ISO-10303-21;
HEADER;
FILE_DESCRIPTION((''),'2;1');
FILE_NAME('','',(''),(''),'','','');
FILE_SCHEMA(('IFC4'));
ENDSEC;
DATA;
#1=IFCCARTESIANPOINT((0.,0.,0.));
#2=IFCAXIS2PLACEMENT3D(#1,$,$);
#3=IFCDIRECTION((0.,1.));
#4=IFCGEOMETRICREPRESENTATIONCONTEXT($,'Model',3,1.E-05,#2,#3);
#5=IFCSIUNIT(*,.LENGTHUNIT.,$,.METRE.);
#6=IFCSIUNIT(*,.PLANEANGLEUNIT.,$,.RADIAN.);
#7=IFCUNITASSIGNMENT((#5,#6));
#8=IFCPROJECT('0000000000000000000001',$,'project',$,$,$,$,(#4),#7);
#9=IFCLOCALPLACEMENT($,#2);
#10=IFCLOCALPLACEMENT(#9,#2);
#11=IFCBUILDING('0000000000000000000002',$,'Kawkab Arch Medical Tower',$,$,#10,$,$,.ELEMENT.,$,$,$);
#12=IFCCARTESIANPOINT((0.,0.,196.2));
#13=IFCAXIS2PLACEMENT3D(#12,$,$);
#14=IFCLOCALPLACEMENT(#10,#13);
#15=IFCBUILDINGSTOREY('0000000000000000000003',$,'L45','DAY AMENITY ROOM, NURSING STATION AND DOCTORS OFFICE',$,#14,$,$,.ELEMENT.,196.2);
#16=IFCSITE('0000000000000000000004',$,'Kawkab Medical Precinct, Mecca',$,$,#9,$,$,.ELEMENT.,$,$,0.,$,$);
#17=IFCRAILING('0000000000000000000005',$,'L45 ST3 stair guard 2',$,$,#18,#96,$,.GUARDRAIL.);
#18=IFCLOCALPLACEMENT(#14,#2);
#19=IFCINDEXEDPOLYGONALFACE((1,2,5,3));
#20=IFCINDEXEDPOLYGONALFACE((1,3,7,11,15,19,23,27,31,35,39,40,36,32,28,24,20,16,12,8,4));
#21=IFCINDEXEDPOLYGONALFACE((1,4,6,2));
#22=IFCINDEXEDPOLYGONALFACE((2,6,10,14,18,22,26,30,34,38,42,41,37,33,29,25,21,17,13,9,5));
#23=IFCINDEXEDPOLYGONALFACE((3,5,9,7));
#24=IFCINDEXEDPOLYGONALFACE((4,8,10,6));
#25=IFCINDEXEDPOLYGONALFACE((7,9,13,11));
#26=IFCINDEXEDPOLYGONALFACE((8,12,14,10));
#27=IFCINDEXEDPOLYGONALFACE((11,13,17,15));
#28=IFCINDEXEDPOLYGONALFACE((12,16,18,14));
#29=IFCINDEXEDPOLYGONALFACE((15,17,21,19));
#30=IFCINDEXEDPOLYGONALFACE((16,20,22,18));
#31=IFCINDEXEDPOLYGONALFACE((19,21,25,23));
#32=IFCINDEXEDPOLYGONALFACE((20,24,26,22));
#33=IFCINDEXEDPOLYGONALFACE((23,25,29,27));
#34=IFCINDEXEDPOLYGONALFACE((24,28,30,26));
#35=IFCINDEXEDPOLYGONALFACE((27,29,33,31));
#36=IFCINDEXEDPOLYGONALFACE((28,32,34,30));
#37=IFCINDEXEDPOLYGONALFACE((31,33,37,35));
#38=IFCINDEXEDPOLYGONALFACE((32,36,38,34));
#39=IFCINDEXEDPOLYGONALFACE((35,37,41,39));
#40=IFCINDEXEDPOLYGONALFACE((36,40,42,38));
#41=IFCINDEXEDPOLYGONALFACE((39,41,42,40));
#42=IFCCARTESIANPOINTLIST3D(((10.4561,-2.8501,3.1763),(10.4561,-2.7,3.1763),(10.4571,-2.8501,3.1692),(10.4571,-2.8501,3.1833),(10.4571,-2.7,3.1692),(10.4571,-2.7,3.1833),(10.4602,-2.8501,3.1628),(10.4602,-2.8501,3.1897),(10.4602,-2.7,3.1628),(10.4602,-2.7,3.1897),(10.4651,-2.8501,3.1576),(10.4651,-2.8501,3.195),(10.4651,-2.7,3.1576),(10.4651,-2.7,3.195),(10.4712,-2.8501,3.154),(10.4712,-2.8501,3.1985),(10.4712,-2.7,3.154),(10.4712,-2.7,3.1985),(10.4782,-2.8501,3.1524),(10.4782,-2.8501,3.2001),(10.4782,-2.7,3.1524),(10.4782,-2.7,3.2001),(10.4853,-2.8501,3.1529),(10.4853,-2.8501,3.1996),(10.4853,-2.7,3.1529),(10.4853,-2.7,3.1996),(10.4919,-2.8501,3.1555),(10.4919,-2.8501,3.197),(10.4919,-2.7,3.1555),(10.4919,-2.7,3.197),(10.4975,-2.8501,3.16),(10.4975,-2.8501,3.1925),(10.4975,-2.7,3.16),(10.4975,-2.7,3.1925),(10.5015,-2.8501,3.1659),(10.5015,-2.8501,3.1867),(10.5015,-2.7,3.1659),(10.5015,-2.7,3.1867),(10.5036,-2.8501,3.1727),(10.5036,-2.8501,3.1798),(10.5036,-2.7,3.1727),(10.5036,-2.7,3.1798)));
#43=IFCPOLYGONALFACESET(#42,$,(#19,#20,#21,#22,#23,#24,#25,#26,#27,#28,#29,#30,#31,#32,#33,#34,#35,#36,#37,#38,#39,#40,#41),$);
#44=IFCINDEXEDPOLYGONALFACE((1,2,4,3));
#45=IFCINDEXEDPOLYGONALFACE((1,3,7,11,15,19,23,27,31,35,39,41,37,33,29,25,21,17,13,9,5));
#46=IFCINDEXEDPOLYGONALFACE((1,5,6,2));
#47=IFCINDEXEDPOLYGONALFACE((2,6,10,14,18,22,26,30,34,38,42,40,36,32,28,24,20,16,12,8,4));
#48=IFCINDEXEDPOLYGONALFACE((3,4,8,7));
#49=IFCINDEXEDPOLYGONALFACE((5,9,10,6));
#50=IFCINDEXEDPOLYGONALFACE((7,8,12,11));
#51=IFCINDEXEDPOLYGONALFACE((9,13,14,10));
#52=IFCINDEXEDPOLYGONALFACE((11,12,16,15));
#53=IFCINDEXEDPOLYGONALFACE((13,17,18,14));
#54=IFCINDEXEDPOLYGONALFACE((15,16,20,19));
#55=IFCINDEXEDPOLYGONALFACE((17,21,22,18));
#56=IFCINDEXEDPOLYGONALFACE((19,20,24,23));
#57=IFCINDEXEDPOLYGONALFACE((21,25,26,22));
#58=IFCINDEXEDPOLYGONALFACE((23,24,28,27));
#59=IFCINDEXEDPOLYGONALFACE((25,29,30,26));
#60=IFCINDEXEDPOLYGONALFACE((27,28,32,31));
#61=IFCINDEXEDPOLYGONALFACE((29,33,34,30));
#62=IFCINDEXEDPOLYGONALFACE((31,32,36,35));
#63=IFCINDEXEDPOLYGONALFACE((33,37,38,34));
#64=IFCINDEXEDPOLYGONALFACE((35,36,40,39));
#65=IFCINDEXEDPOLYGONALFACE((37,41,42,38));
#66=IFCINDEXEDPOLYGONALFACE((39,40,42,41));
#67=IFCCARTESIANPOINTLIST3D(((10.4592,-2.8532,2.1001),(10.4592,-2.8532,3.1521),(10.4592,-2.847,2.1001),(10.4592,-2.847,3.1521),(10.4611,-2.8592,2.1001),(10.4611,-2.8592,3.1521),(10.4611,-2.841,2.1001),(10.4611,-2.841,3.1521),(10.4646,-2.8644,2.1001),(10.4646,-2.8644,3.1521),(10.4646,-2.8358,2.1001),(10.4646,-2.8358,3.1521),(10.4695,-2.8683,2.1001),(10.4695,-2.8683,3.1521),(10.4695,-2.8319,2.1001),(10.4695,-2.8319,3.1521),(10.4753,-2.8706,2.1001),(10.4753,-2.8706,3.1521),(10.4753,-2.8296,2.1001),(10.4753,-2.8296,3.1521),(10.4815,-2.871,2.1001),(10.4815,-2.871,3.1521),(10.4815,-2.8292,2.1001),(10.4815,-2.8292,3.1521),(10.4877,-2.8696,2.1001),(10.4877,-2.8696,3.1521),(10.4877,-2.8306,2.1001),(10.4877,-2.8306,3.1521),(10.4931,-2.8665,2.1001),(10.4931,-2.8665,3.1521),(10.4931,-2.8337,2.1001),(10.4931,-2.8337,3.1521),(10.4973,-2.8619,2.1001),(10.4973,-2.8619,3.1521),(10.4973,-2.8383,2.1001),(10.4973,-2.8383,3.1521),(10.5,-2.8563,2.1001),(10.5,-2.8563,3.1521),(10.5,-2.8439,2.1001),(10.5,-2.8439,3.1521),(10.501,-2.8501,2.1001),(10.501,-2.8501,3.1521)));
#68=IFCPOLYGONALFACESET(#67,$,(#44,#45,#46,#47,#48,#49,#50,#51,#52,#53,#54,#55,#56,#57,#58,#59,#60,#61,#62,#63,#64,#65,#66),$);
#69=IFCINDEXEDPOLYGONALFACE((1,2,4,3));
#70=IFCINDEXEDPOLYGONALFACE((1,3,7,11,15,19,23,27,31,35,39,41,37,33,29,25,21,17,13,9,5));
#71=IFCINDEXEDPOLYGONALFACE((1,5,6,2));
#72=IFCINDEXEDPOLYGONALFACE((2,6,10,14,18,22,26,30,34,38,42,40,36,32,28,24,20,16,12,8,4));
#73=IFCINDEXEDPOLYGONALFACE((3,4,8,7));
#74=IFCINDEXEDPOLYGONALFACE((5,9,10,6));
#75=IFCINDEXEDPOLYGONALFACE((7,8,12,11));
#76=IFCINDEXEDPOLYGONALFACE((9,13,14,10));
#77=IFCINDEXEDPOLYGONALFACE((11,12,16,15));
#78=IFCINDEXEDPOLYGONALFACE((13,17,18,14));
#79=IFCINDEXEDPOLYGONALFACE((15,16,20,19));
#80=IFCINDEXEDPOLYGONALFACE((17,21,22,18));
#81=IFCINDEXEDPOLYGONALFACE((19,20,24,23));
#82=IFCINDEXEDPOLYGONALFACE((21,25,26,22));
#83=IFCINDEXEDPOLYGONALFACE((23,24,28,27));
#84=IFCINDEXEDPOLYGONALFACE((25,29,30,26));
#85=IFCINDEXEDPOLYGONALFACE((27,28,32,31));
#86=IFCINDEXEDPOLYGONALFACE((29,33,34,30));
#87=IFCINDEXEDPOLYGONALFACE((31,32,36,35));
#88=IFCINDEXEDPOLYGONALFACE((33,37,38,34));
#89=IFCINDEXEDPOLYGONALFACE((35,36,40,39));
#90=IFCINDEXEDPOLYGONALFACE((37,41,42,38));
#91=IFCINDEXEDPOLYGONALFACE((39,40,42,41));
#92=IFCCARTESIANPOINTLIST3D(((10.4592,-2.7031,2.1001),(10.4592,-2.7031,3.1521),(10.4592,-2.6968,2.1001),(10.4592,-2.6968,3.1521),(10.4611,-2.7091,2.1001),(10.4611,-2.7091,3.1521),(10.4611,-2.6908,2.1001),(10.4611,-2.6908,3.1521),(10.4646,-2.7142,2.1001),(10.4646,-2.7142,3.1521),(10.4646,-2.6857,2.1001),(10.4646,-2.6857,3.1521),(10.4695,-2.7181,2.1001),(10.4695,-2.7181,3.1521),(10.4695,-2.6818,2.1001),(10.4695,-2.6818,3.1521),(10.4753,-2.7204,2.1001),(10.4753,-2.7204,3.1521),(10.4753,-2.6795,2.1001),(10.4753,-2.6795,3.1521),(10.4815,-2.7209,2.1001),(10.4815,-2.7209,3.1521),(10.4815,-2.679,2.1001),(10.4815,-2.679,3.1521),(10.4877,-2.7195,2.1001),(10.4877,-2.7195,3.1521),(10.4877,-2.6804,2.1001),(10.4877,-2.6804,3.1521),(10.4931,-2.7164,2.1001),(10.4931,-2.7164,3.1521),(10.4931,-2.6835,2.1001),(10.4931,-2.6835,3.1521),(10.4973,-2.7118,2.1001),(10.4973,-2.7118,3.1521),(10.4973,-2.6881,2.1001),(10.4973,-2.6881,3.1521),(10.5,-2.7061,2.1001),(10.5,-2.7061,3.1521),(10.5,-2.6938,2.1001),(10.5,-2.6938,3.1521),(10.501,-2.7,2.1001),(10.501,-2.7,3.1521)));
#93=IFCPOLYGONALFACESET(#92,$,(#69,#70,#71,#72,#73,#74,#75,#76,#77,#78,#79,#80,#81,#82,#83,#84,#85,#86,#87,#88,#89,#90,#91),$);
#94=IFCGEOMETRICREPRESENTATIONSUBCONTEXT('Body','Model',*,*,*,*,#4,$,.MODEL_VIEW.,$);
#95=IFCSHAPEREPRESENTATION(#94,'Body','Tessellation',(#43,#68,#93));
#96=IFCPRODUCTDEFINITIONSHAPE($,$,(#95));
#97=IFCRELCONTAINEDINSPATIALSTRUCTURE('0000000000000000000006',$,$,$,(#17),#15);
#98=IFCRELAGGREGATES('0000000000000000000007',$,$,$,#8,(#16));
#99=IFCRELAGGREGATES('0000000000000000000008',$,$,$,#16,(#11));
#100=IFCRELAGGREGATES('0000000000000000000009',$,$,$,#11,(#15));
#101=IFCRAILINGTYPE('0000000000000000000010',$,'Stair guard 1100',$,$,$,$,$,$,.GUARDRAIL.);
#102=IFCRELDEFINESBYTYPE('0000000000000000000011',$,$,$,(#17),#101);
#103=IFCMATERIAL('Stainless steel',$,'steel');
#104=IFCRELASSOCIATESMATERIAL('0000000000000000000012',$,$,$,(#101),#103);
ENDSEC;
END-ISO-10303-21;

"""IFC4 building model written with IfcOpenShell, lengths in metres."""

from ifc_helpers import new_model, si_unit, direction, frame, origin, origin_2d, place, context, subcontext, project, spatial, circle, extrude, material, type_object, element, save


model = new_model("IFC4")

# Units and contexts
model_context = context("Model", 3, precision=1e-05, world=origin(), true_north=direction((0.0, 1.0)))
body_context = subcontext(model_context, "Body", "Model", "MODEL_VIEW")
ifc_project = project(units=[si_unit("LENGTHUNIT", "METRE"), si_unit("PLANEANGLEUNIT", "RADIAN")], contexts=[model_context])

# Site, building, storey
site_placement = place(None, origin())
site = spatial("IfcSite", under=ifc_project, at=site_placement, Name="Kawkab Medical Precinct, Mecca", CompositionType="ELEMENT", RefElevation=0.0)
building_placement = place(site_placement, origin())
building = spatial("IfcBuilding", under=site, at=building_placement, Name="Kawkab Arch Medical Tower", CompositionType="ELEMENT")
storey_placement = place(building_placement, frame((0.0, 0.0, 196.2)))
storey = spatial("IfcBuildingStorey", under=building, at=storey_placement, Name="L45", Description="DAY AMENITY ROOM, NURSING STATION AND DOCTORS OFFICE", CompositionType="ELEMENT", Elevation=196.2)

# Railing
ifc_material_1 = material(Name="Stainless steel", Category="steel")
railing_type_1 = type_object("IfcRailingType", Name="Stair guard 1100", PredefinedType="GUARDRAIL", material=ifc_material_1)
railing_1_placement = place(storey_placement, frame((10.48, -2.8501, 2.1001)))
element("IfcRailing", 1, at=railing_1_placement, inside=storey, type_object=railing_type_1, Name="L45 ST3 stair guard 2", PredefinedType="GUARDRAIL", context=body_context, shape_type="SweptSolid", body=[
    extrude(circle(Radius=0.0239, at=origin_2d()), frame((0.0, 0.0, 1.0762), z_axis=(0.0, 1.0, 0.0), x_axis=(-1.0, 0.0, 0.0)), (0.0, 0.0, 1.0), 0.1501),
    extrude(circle(Radius=0.021, at=origin_2d()), origin(), (0.0, 0.0, 1.0), 1.052),
    extrude(circle(Radius=0.021, at=origin_2d()), frame((0.0, 0.1501, 0.0)), (0.0, 0.0, 1.0), 1.052),
])

save(model, "model.ifc")
